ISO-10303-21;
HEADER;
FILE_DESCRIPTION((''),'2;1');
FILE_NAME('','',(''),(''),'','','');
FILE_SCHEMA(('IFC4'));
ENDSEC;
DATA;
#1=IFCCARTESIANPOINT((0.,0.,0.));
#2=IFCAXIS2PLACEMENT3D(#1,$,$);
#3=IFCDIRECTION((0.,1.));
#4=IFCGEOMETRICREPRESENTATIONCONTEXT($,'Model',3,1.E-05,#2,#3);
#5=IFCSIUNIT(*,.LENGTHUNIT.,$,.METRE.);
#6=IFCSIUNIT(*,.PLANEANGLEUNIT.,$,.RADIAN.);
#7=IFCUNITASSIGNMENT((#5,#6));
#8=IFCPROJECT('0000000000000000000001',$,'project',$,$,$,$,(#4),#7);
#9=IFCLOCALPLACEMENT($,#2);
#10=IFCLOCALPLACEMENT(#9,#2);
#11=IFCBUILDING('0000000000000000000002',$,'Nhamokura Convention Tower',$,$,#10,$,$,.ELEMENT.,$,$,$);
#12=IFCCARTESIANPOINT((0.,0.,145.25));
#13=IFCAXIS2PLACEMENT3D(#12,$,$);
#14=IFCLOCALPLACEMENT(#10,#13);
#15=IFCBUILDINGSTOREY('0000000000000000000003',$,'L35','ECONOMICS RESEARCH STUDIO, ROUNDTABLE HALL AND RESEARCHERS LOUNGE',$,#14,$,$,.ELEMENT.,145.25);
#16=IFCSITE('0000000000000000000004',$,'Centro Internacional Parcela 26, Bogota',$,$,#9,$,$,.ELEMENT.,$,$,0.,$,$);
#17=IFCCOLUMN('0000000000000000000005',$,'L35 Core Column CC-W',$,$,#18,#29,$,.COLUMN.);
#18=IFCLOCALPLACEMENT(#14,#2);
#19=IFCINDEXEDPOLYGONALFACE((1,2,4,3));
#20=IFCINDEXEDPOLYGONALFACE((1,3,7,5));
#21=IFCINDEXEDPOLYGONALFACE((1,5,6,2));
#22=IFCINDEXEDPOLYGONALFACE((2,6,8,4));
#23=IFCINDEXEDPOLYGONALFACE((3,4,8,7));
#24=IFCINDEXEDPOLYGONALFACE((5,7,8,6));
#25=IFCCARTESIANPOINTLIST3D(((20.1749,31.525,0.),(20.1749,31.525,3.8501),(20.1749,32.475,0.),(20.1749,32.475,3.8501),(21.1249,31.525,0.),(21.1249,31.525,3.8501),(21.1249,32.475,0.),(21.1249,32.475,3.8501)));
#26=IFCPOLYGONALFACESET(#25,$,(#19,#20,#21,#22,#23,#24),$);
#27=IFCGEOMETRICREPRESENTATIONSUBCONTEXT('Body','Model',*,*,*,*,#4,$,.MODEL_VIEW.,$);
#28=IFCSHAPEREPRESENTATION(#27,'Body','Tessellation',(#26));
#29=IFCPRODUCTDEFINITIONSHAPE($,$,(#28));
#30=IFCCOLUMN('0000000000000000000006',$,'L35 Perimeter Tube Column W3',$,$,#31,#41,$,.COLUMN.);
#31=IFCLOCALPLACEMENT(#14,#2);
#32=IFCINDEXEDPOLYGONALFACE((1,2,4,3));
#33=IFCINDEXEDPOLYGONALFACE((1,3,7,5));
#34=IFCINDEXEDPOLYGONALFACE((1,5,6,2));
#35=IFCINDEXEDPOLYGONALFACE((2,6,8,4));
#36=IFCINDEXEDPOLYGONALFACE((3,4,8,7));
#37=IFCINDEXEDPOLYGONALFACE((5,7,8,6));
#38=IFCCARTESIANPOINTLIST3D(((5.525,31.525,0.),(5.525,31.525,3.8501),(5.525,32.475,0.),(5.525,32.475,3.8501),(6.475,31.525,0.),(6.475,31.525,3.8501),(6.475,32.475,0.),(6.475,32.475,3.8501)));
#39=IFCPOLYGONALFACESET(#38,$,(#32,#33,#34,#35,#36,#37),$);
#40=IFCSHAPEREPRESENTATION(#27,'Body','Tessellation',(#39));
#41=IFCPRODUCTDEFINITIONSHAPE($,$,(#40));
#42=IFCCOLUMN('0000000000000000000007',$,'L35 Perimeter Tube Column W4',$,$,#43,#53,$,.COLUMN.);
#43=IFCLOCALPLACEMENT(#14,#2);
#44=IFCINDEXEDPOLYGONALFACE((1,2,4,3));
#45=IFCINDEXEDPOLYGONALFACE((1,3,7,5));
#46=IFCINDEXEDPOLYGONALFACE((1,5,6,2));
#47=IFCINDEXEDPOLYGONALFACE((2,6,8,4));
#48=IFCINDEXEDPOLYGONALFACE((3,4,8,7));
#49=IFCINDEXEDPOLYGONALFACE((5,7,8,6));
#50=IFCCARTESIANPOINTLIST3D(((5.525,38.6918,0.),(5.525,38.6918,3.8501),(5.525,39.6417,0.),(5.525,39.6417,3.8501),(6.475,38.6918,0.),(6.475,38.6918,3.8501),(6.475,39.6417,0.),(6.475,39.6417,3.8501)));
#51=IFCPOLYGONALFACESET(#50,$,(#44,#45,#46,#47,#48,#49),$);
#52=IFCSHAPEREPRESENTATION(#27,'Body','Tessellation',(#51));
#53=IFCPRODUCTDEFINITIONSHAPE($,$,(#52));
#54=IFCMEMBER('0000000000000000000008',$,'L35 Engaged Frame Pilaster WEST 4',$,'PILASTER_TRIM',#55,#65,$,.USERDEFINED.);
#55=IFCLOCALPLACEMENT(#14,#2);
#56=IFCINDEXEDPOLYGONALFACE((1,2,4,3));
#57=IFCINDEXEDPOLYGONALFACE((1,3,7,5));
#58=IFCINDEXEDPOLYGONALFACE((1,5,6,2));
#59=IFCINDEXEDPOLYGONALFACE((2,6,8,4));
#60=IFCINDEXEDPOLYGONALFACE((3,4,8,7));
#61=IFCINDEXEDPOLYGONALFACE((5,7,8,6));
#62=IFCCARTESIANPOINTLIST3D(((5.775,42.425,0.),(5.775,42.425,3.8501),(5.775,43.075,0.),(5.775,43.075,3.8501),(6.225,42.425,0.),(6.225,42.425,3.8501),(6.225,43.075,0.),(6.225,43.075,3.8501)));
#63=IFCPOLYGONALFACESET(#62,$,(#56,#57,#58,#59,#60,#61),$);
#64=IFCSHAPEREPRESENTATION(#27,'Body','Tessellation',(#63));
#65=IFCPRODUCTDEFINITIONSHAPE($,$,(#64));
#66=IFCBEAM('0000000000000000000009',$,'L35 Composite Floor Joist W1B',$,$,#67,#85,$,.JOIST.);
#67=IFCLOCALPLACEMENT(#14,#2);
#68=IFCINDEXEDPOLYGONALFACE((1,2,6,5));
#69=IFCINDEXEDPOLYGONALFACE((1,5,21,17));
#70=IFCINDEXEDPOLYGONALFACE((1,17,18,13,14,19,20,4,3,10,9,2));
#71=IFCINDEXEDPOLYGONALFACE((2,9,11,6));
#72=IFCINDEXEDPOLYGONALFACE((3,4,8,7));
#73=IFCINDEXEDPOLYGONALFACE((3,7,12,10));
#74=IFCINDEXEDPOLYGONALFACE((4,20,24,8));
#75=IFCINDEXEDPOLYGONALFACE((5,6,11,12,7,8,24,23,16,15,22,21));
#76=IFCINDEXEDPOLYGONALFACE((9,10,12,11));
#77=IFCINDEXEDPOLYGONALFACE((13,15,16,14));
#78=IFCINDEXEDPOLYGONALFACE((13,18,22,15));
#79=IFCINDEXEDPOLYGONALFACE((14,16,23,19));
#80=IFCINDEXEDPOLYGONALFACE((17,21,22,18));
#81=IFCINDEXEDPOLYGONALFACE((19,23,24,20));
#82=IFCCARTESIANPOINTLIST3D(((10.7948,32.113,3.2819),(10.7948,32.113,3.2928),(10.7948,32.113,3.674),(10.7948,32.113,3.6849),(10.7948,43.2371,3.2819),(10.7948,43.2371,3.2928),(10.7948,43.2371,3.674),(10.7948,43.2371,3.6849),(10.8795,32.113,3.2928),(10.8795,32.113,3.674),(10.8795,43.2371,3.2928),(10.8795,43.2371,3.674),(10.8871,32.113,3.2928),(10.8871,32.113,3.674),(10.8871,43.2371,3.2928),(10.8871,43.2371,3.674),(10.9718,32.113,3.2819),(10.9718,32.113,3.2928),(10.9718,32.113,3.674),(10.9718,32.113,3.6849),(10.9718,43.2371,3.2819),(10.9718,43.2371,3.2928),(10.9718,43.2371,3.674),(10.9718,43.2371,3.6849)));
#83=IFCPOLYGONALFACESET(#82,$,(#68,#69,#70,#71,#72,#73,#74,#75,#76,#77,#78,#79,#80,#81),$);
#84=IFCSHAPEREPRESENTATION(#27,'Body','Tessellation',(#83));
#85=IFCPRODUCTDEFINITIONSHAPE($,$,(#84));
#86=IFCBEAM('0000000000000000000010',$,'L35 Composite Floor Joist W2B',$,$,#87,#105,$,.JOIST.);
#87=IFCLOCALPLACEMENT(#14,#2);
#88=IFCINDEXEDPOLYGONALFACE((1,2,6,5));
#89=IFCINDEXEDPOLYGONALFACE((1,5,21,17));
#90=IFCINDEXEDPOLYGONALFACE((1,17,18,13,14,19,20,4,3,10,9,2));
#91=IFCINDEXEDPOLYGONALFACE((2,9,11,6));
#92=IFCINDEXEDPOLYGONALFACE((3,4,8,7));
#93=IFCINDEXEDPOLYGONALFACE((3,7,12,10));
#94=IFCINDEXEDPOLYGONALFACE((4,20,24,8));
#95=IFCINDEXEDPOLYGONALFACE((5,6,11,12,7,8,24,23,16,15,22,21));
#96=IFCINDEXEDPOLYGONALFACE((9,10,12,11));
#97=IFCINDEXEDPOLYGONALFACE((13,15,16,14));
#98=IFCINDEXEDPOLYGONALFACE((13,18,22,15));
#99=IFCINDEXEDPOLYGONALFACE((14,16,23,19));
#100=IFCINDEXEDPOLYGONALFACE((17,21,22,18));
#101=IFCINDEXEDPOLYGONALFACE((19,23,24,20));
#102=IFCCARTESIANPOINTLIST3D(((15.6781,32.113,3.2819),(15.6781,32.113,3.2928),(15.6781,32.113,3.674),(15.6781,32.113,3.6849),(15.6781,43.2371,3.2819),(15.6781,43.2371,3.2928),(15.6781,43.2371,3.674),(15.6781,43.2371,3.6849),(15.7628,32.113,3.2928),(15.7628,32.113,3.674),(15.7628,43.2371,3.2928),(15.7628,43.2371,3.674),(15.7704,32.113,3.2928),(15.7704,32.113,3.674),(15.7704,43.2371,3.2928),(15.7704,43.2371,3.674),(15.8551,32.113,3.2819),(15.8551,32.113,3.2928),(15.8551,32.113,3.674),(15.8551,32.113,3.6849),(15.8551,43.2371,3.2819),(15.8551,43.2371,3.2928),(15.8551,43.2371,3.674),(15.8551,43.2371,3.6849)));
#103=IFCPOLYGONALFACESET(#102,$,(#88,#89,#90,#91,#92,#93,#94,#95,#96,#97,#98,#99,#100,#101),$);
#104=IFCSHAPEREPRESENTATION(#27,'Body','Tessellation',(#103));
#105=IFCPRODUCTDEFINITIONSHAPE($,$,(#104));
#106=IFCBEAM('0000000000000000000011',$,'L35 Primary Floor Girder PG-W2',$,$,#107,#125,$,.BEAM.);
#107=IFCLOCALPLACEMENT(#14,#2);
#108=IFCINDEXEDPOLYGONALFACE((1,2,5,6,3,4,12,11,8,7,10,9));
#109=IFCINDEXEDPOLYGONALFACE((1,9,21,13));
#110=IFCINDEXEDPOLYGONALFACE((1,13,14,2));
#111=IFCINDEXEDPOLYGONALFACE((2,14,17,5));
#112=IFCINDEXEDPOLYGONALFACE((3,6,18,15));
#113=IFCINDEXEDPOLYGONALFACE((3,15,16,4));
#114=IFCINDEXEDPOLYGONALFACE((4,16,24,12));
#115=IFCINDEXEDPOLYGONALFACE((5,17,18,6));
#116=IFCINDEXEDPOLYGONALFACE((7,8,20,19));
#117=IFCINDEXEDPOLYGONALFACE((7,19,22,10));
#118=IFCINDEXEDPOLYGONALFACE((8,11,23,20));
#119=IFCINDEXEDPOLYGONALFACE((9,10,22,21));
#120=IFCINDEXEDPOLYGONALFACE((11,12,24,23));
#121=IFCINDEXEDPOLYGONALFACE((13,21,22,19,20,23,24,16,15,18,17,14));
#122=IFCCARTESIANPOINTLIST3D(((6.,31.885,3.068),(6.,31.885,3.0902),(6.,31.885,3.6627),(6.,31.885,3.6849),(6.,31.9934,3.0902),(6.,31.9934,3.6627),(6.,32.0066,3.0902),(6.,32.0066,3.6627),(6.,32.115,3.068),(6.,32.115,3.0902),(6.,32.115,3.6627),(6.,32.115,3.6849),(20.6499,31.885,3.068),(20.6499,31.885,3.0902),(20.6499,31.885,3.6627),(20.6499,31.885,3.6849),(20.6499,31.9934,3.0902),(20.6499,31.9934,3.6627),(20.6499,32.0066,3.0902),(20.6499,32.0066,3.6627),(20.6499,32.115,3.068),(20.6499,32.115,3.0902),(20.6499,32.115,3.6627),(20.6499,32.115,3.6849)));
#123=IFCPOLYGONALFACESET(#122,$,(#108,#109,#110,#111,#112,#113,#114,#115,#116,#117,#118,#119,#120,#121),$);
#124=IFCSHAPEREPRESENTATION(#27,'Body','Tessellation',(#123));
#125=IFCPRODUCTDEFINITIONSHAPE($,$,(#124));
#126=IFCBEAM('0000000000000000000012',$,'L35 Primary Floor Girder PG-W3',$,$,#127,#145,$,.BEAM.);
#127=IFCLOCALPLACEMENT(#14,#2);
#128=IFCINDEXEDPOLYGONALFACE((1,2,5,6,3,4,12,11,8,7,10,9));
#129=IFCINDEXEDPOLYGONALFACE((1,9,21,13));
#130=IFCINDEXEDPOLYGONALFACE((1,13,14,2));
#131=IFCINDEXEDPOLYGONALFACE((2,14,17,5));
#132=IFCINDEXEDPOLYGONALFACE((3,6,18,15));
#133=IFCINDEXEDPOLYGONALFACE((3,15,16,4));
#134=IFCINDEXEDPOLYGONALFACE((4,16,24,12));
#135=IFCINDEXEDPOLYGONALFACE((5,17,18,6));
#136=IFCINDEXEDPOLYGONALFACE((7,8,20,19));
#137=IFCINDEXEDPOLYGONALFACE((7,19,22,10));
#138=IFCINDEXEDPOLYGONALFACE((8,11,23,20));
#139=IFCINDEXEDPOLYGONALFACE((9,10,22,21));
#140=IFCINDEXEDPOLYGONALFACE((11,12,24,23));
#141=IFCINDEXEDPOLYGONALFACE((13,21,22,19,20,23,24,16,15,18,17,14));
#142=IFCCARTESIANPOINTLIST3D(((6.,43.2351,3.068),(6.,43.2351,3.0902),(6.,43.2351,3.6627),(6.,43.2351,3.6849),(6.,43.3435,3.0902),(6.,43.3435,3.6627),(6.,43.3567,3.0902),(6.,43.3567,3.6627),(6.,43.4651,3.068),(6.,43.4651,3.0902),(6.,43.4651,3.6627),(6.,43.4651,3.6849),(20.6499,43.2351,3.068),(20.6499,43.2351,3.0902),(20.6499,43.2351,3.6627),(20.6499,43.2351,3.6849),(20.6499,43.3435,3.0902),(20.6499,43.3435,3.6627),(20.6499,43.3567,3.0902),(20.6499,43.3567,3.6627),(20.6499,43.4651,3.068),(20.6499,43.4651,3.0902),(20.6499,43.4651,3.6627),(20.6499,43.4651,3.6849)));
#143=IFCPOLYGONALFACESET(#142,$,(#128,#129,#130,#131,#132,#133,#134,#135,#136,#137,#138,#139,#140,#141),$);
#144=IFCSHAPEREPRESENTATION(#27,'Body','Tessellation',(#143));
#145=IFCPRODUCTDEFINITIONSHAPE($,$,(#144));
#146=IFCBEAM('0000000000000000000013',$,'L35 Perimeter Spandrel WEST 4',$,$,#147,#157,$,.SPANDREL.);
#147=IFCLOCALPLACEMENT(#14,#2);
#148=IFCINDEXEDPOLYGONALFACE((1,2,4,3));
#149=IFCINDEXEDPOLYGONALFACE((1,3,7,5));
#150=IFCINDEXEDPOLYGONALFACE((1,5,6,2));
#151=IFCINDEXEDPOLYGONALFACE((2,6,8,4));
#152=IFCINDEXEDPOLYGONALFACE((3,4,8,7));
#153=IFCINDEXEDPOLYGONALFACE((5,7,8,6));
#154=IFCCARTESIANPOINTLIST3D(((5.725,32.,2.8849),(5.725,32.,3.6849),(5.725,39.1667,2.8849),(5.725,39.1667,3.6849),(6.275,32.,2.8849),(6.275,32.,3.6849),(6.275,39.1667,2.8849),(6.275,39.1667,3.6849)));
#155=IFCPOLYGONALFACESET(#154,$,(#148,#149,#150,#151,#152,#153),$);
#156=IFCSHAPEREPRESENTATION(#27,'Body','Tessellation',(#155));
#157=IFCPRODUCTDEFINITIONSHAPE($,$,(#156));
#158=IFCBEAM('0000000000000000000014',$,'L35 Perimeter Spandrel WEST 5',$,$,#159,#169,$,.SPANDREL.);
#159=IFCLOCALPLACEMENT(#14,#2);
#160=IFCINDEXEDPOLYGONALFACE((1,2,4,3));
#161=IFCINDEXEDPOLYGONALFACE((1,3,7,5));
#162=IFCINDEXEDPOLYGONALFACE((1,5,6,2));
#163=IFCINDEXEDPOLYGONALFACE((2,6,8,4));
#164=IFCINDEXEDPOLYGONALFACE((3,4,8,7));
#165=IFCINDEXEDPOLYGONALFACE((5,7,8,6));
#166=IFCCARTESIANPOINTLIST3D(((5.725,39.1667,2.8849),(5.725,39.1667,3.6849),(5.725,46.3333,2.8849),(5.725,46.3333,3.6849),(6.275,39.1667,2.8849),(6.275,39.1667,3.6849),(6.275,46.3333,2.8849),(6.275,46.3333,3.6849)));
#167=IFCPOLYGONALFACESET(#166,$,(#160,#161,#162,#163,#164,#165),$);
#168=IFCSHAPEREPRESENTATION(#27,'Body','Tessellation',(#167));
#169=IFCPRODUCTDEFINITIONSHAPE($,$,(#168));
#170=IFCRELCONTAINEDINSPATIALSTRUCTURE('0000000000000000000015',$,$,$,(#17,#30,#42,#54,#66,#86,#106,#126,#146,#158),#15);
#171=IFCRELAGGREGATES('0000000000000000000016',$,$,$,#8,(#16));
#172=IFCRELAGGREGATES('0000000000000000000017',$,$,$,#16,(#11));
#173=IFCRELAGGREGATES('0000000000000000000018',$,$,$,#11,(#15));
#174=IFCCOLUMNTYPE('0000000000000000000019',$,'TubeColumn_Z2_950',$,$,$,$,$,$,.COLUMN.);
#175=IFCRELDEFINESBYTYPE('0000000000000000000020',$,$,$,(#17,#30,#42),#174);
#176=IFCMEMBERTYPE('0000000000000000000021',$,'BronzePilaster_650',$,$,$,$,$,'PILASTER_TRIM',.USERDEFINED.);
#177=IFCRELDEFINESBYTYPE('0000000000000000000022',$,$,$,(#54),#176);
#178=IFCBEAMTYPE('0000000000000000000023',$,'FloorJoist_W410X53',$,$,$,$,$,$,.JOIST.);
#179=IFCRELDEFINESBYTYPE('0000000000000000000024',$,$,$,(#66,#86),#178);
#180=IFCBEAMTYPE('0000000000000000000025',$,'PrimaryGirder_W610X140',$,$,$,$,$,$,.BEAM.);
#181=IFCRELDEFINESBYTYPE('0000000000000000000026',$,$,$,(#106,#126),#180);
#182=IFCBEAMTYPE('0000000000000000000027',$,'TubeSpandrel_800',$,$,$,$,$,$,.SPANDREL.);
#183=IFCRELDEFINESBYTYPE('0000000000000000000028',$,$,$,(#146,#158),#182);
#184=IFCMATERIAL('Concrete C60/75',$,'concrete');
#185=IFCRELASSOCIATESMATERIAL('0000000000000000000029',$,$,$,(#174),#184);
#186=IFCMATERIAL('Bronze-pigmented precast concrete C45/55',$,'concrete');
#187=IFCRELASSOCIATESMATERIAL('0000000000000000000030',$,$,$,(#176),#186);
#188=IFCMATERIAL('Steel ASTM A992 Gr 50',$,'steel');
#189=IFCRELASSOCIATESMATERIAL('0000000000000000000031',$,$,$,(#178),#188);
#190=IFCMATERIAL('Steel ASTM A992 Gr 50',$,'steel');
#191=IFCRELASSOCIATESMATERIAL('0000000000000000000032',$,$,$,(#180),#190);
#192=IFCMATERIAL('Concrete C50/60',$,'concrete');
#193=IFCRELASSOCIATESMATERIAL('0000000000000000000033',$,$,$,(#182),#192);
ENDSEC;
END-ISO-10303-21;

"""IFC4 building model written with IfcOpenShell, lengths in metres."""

from ifc_helpers import new_model, si_unit, direction, frame, origin, origin_2d, place, context, subcontext, project, spatial, rectangle, i_section, extrude, material, material_profile, profile_set, type_object, element, save


model = new_model("IFC4")

# Units and contexts
model_context = context("Model", 3, precision=1e-05, world=origin(), true_north=direction((0.0, 1.0)))
body_context = subcontext(model_context, "Body", "Model", "MODEL_VIEW")
ifc_project = project(units=[si_unit("LENGTHUNIT", "METRE"), si_unit("PLANEANGLEUNIT", "RADIAN")], contexts=[model_context])

# Site, building, storey
site_placement = place(None, origin())
site = spatial("IfcSite", under=ifc_project, at=site_placement, Name="Centro Internacional Parcela 26, Bogota", CompositionType="ELEMENT", RefElevation=0.0)
building_placement = place(site_placement, origin())
building = spatial("IfcBuilding", under=site, at=building_placement, Name="Nhamokura Convention Tower", CompositionType="ELEMENT")
storey_placement = place(building_placement, frame((0.0, 0.0, 145.25)))
storey = spatial("IfcBuildingStorey", under=building, at=storey_placement, Name="L35", Description="ECONOMICS RESEARCH STUDIO, ROUNDTABLE HALL AND RESEARCHERS LOUNGE", CompositionType="ELEMENT", Elevation=145.25)

# Columns
ifc_material_1 = material(Name="Concrete C60/75", Category="concrete")
ifc_material_profile_1 = material_profile(ifc_material_1, rectangle(XDim=0.95, YDim=0.95, at=origin_2d()))
ifc_profile_set_1 = profile_set([ifc_material_profile_1], Name="Concrete C60/75")
column_type = type_object("IfcColumnType", Name="TubeColumn_Z2_950", PredefinedType="COLUMN", material=ifc_profile_set_1)
for number, where, z_axis, x_axis, name in (
    (1, (20.6499, 32.0, 0.0), (0.0, 0.0, 1.0), (1.0, 0.0, 0.0), "L35 Core Column CC-W"),
    (2, (6.0, 32.0, 0.0), (0.0, 0.0, 1.0), (1.0, 0.0, 0.0), "L35 Perimeter Tube Column W3"),
    (3, (6.0, 39.1667, 0.0), (0.0, 0.0, 1.0), (1.0, 0.0, 0.0), "L35 Perimeter Tube Column W4"),
):
    element("IfcColumn", number, at=place(storey_placement, frame(where, z_axis=z_axis, x_axis=x_axis)), inside=storey, type_object=column_type, Name=name, PredefinedType="COLUMN", context=body_context, shape_type="SweptSolid", body=[
        extrude(rectangle(XDim=0.95, YDim=0.95, at=origin_2d()), origin(), (0.0, 0.0, 1.0), 3.8501),
    ])

# Member
ifc_material_2 = material(Name="Bronze-pigmented precast concrete C45/55", Category="concrete")
ifc_material_profile_2 = material_profile(ifc_material_2, rectangle(XDim=0.45, YDim=0.6499, at=origin_2d()))
ifc_profile_set_2 = profile_set([ifc_material_profile_2], Name="Bronze-pigmented precast concrete C45/55")
member_type = type_object("IfcMemberType", Name="BronzePilaster_650", ElementType="PILASTER_TRIM", PredefinedType="USERDEFINED", material=ifc_profile_set_2)
member_placement = place(storey_placement, frame((6.0, 42.75, 0.0), z_axis=(0.0, 0.0, 1.0), x_axis=(1.0, 0.0, 0.0)))
element("IfcMember", 4, at=member_placement, inside=storey, type_object=member_type, Name="L35 Engaged Frame Pilaster WEST 4", ObjectType="PILASTER_TRIM", PredefinedType="USERDEFINED", context=body_context, shape_type="SweptSolid", body=[
    extrude(rectangle(XDim=0.45, YDim=0.6499, at=origin_2d()), origin(), (0.0, 0.0, 1.0), 3.8501),
])

# Beams
ifc_material_3 = material(Name="Steel ASTM A992 Gr 50", Category="steel")
ifc_material_profile_3 = material_profile(ifc_material_3, i_section(OverallWidth=0.177, OverallDepth=0.4031, WebThickness=0.0076, FlangeThickness=0.011, at=origin_2d()))
ifc_profile_set_3 = profile_set([ifc_material_profile_3], Name="Steel ASTM A992 Gr 50")
beam_type_1 = type_object("IfcBeamType", Name="FloorJoist_W410X53", PredefinedType="JOIST", material=ifc_profile_set_3)
for number, where, z_axis, x_axis, name in (
    (5, (10.8833, 32.113, 3.4834), (0.0, 1.0, 0.0), (-1.0, 0.0, 0.0), "L35 Composite Floor Joist W1B"),
    (6, (15.7666, 32.113, 3.4834), (0.0, 1.0, 0.0), (-1.0, 0.0, 0.0), "L35 Composite Floor Joist W2B"),
):
    element("IfcBeam", number, at=place(storey_placement, frame(where, z_axis=z_axis, x_axis=x_axis)), inside=storey, type_object=beam_type_1, Name=name, PredefinedType="JOIST", context=body_context, shape_type="SweptSolid", body=[
        extrude(i_section(OverallWidth=0.177, OverallDepth=0.4031, WebThickness=0.0076, FlangeThickness=0.011, at=origin_2d()), origin(), (0.0, 0.0, 1.0), 11.124),
    ])
ifc_material_4 = material(Name="Steel ASTM A992 Gr 50", Category="steel")
ifc_material_profile_4 = material_profile(ifc_material_4, i_section(OverallWidth=0.23, OverallDepth=0.6169, WebThickness=0.0132, FlangeThickness=0.0222, at=origin_2d()))
ifc_profile_set_4 = profile_set([ifc_material_profile_4], Name="Steel ASTM A992 Gr 50")
beam_type_2 = type_object("IfcBeamType", Name="PrimaryGirder_W610X140", PredefinedType="BEAM", material=ifc_profile_set_4)
for number, where, z_axis, x_axis, name in (
    (7, (6.0, 32.0, 3.3765), (1.0, 0.0, 0.0), (0.0, 1.0, 0.0), "L35 Primary Floor Girder PG-W2"),
    (8, (6.0, 43.3501, 3.3765), (1.0, 0.0, 0.0), (0.0, 1.0, 0.0), "L35 Primary Floor Girder PG-W3"),
):
    element("IfcBeam", number, at=place(storey_placement, frame(where, z_axis=z_axis, x_axis=x_axis)), inside=storey, type_object=beam_type_2, Name=name, PredefinedType="BEAM", context=body_context, shape_type="SweptSolid", body=[
        extrude(i_section(OverallWidth=0.23, OverallDepth=0.6169, WebThickness=0.0132, FlangeThickness=0.0222, at=origin_2d()), origin(), (0.0, 0.0, 1.0), 14.6499),
    ])
ifc_material_5 = material(Name="Concrete C50/60", Category="concrete")
ifc_material_profile_5 = material_profile(ifc_material_5, rectangle(XDim=0.55, YDim=0.8, at=origin_2d()))
ifc_profile_set_5 = profile_set([ifc_material_profile_5], Name="Concrete C50/60")
beam_type_3 = type_object("IfcBeamType", Name="TubeSpandrel_800", PredefinedType="SPANDREL", material=ifc_profile_set_5)
beam_1_placement = place(storey_placement, frame((6.0, 32.0, 3.2849), z_axis=(0.0, 1.0, 0.0), x_axis=(-1.0, 0.0, 0.0)))
element("IfcBeam", 9, at=beam_1_placement, inside=storey, type_object=beam_type_3, Name="L35 Perimeter Spandrel WEST 4", PredefinedType="SPANDREL", context=body_context, shape_type="SweptSolid", body=[
    extrude(rectangle(XDim=0.55, YDim=0.8, at=origin_2d()), origin(), (0.0, 0.0, 1.0), 7.1667),
])
beam_2_placement = place(storey_placement, frame((6.0, 39.1667, 3.2849), z_axis=(0.0, 1.0, 0.0), x_axis=(-1.0, 0.0, 0.0)))
element("IfcBeam", 10, at=beam_2_placement, inside=storey, type_object=beam_type_3, Name="L35 Perimeter Spandrel WEST 5", PredefinedType="SPANDREL", context=body_context, shape_type="SweptSolid", body=[
    extrude(rectangle(XDim=0.55, YDim=0.8, at=origin_2d()), origin(), (0.0, 0.0, 1.0), 7.1665),
])

save(model, "model.ifc")
